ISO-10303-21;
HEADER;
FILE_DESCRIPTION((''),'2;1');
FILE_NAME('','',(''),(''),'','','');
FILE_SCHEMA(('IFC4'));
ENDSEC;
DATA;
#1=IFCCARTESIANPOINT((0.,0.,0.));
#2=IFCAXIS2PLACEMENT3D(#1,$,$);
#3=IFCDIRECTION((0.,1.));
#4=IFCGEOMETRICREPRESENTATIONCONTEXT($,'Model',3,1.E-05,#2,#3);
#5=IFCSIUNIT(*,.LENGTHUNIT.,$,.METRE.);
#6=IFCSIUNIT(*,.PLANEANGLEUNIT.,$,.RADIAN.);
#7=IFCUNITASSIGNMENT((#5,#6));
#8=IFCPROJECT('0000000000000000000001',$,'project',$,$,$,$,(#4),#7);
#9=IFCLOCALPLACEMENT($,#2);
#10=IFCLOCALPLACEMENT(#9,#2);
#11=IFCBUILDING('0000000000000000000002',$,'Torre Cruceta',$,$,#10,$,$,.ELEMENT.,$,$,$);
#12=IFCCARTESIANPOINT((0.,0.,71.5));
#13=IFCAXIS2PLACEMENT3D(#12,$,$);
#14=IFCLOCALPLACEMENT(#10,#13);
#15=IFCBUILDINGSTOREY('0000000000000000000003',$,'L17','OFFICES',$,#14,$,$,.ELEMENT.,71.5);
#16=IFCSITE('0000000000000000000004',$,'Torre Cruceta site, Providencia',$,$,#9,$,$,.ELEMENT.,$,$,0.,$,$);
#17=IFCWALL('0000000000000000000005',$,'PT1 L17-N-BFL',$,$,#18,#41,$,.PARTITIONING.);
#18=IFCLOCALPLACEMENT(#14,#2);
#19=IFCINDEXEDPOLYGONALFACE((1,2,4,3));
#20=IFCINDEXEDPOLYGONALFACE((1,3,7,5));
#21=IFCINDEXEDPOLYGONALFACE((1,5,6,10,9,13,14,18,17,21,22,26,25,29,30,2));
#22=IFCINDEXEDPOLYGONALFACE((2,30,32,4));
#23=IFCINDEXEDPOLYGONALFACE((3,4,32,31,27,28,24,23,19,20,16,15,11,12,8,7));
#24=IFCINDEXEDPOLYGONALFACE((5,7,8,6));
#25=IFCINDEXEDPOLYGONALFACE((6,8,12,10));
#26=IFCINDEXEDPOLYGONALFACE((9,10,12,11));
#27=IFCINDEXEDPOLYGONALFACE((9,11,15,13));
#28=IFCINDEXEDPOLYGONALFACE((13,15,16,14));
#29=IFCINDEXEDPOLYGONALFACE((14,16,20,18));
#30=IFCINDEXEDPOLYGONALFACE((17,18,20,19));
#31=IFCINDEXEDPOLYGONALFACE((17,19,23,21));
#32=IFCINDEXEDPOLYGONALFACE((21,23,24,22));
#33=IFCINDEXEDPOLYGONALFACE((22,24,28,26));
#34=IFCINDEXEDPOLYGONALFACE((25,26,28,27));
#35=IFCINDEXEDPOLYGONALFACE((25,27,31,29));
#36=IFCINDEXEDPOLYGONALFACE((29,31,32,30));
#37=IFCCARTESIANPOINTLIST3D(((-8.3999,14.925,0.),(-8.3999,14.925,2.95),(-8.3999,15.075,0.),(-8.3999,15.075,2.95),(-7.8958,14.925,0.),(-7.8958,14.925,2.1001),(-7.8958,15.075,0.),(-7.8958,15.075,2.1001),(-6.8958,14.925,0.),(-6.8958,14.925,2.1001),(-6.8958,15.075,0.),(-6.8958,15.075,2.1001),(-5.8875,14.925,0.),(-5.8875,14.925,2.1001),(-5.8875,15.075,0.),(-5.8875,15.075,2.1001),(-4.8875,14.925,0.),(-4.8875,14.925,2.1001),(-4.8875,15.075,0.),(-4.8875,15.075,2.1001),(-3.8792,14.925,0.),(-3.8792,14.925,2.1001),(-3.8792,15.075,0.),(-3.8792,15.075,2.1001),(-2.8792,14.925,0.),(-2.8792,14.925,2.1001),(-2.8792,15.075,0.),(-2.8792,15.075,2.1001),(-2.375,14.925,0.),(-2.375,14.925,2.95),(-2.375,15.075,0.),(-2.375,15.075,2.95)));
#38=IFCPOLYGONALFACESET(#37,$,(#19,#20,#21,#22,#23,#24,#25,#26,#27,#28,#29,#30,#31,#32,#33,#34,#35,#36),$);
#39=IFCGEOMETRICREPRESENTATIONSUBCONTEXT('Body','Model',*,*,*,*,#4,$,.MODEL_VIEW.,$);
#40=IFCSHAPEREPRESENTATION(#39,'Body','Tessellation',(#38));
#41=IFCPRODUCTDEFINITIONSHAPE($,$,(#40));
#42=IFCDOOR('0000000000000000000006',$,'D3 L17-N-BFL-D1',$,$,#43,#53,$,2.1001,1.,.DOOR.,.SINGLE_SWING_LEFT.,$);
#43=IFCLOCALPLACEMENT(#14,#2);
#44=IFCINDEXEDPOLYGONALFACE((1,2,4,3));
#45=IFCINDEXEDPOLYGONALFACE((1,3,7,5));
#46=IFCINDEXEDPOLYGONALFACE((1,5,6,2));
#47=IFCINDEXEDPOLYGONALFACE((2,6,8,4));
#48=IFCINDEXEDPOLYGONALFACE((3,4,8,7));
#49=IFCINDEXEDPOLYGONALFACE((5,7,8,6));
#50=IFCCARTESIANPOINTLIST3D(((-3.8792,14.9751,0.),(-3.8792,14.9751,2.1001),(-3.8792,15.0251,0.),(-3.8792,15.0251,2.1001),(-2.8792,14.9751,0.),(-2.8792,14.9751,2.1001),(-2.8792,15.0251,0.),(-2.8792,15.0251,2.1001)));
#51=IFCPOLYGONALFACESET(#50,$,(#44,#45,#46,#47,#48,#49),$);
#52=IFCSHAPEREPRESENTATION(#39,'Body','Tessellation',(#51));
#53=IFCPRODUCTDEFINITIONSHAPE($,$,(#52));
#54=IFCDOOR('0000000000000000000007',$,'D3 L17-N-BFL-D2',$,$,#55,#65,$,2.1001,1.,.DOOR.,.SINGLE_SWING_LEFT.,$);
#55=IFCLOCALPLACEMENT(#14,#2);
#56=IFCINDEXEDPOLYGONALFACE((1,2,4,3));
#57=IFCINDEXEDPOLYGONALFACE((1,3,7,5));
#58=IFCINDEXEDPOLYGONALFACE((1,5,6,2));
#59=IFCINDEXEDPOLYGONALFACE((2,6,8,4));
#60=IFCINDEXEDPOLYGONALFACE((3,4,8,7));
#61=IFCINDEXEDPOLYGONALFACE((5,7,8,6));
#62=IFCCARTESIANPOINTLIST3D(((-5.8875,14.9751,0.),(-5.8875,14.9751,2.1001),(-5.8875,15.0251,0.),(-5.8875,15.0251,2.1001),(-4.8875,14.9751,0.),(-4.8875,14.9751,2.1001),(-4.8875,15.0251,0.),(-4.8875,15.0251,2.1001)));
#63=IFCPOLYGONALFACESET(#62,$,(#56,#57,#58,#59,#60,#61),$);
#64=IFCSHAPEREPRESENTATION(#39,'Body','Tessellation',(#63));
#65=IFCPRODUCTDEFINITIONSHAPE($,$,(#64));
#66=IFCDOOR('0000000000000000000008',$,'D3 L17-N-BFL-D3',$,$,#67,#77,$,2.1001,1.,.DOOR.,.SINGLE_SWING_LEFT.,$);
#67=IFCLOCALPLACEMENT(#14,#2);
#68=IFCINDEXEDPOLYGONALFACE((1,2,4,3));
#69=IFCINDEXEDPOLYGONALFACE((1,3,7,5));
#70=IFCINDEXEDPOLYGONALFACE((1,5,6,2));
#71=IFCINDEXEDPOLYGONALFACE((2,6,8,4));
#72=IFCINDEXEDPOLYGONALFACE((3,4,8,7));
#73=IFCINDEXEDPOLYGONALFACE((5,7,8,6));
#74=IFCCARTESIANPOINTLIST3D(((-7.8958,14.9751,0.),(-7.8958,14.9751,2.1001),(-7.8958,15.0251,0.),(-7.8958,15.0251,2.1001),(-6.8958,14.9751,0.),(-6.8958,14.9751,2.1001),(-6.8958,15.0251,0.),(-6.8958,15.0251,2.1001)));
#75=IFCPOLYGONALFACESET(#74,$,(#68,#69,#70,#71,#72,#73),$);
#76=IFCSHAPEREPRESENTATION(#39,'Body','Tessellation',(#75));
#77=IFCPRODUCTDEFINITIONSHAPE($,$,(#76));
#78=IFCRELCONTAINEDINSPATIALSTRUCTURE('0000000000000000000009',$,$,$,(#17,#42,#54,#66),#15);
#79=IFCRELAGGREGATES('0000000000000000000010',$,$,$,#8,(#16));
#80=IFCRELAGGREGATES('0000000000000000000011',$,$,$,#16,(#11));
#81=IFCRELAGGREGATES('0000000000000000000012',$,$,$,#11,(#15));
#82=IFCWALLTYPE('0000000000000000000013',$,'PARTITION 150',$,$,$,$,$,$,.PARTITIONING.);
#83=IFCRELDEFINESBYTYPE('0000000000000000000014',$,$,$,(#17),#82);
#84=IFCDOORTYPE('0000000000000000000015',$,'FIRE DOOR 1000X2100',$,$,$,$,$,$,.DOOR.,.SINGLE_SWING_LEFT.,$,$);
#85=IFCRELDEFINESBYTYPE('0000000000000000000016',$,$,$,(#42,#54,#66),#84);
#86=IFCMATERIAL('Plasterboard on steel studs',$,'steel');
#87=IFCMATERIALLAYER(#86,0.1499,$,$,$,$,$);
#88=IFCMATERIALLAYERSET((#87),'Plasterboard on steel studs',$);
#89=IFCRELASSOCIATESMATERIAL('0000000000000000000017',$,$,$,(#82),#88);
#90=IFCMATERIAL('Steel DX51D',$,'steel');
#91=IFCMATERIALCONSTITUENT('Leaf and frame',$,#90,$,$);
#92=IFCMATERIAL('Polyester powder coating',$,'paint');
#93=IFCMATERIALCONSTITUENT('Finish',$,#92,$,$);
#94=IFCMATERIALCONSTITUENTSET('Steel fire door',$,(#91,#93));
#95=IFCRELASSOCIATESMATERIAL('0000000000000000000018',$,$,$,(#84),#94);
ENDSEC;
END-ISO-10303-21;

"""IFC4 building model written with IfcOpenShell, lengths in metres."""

from ifc_helpers import new_model, si_unit, direction, frame, frame_2d, origin, place, context, subcontext, project, spatial, rectangle, extrude, material, layer, layer_set, constituent, constituent_set, type_object, element, fill, save


model = new_model("IFC4")

# Units and contexts
model_context = context("Model", 3, precision=1e-05, world=origin(), true_north=direction((0.0, 1.0)))
body_context = subcontext(model_context, "Body", "Model", "MODEL_VIEW")
ifc_project = project(units=[si_unit("LENGTHUNIT", "METRE"), si_unit("PLANEANGLEUNIT", "RADIAN")], contexts=[model_context])

# Site, building, storey
site_placement = place(None, origin())
site = spatial("IfcSite", under=ifc_project, at=site_placement, Name="Torre Cruceta site, Providencia", CompositionType="ELEMENT", RefElevation=0.0)
building_placement = place(site_placement, origin())
building = spatial("IfcBuilding", under=site, at=building_placement, Name="Torre Cruceta", CompositionType="ELEMENT")
storey_placement = place(building_placement, frame((0.0, 0.0, 71.5)))
storey = spatial("IfcBuildingStorey", under=building, at=storey_placement, Name="L17", Description="OFFICES", CompositionType="ELEMENT", Elevation=71.5)

# Wall, openings, doors
ifc_material_1 = material(Name="Plasterboard on steel studs", Category="steel")
ifc_layer_1 = layer(ifc_material_1, 0.1499)
ifc_layer_set_1 = layer_set([ifc_layer_1], Name="Plasterboard on steel studs")
wall_type_1 = type_object("IfcWallType", Name="PARTITION 150", PredefinedType="PARTITIONING", material=ifc_layer_set_1)
wall_1_placement = place(storey_placement, frame((-2.375, 15.0, 0.0), z_axis=(0.0, 0.0, 1.0), x_axis=(-1.0, 0.0, 0.0)))
wall_1 = element("IfcWall", 1, at=wall_1_placement, inside=storey, type_object=wall_type_1, Name="PT1 L17-N-BFL", PredefinedType="PARTITIONING", context=body_context, shape_type="SweptSolid", body=[
    extrude(rectangle(XDim=6.0249, YDim=0.1499, at=frame_2d((3.0125, 0.0))), origin(), (0.0, 0.0, 1.0), 2.95),
])
opening_1_placement = place(wall_1_placement, frame((0.5042, 0.0, 0.0)))
opening_1 = element("IfcOpeningElement", 2, at=opening_1_placement, cuts=wall_1, PredefinedType="OPENING", context=body_context, shape_type="SweptSolid", body=[
    extrude(rectangle(XDim=1.0, YDim=2.1001, at=frame_2d((0.5, 1.05))), frame((0.0, 0.085, 0.0), z_axis=(0.0, -1.0, 0.0), x_axis=(1.0, 0.0, 0.0)), (0.0, 0.0, 1.0), 0.1699),
])
opening_2_placement = place(wall_1_placement, frame((2.5125, 0.0, 0.0)))
opening_2 = element("IfcOpeningElement", 3, at=opening_2_placement, cuts=wall_1, PredefinedType="OPENING", context=body_context, shape_type="SweptSolid", body=[
    extrude(rectangle(XDim=1.0, YDim=2.1001, at=frame_2d((0.5, 1.05))), frame((0.0, 0.085, 0.0), z_axis=(0.0, -1.0, 0.0), x_axis=(1.0, 0.0, 0.0)), (0.0, 0.0, 1.0), 0.1699),
])
opening_3_placement = place(wall_1_placement, frame((4.5208, 0.0, 0.0)))
opening_3 = element("IfcOpeningElement", 4, at=opening_3_placement, cuts=wall_1, PredefinedType="OPENING", context=body_context, shape_type="SweptSolid", body=[
    extrude(rectangle(XDim=1.0, YDim=2.1001, at=frame_2d((0.5, 1.05))), frame((0.0, 0.085, 0.0), z_axis=(0.0, -1.0, 0.0), x_axis=(1.0, 0.0, 0.0)), (0.0, 0.0, 1.0), 0.1699),
])
ifc_material_2 = material(Name="Steel DX51D", Category="steel")
ifc_constituent_1 = constituent(ifc_material_2, Name="Leaf and frame")
ifc_material_3 = material(Name="Polyester powder coating", Category="paint")
ifc_constituent_2 = constituent(ifc_material_3, Name="Finish")
ifc_constituent_set_1 = constituent_set(constituents=[ifc_constituent_1, ifc_constituent_2], Name="Steel fire door")
door_type = type_object("IfcDoorType", Name="FIRE DOOR 1000X2100", OperationType="SINGLE_SWING_LEFT", PredefinedType="DOOR", material=ifc_constituent_set_1)
door_1_placement = place(opening_1_placement, origin())
door_1 = element("IfcDoor", 5, at=door_1_placement, inside=storey, type_object=door_type, Name="D3 L17-N-BFL-D1", OperationType="SINGLE_SWING_LEFT", OverallHeight=2.1001, OverallWidth=1.0, PredefinedType="DOOR", context=body_context, shape_type="SweptSolid", body=[
    extrude(rectangle(XDim=1.0, YDim=2.1001, at=frame_2d((0.5, 1.05))), frame((0.0, 0.0249, 0.0), z_axis=(0.0, -1.0, 0.0), x_axis=(1.0, 0.0, 0.0)), (0.0, 0.0, 1.0), 0.05),
])
fill(opening_1, door_1)
door_2_placement = place(opening_2_placement, origin())
door_2 = element("IfcDoor", 6, at=door_2_placement, inside=storey, type_object=door_type, Name="D3 L17-N-BFL-D2", OperationType="SINGLE_SWING_LEFT", OverallHeight=2.1001, OverallWidth=1.0, PredefinedType="DOOR", context=body_context, shape_type="SweptSolid", body=[
    extrude(rectangle(XDim=1.0, YDim=2.1001, at=frame_2d((0.5, 1.05))), frame((0.0, 0.0249, 0.0), z_axis=(0.0, -1.0, 0.0), x_axis=(1.0, 0.0, 0.0)), (0.0, 0.0, 1.0), 0.05),
])
fill(opening_2, door_2)
door_3_placement = place(opening_3_placement, origin())
door_3 = element("IfcDoor", 7, at=door_3_placement, inside=storey, type_object=door_type, Name="D3 L17-N-BFL-D3", OperationType="SINGLE_SWING_LEFT", OverallHeight=2.1001, OverallWidth=1.0, PredefinedType="DOOR", context=body_context, shape_type="SweptSolid", body=[
    extrude(rectangle(XDim=1.0, YDim=2.1001, at=frame_2d((0.5, 1.05))), frame((0.0, 0.0249, 0.0), z_axis=(0.0, -1.0, 0.0), x_axis=(1.0, 0.0, 0.0)), (0.0, 0.0, 1.0), 0.05),
])
fill(opening_3, door_3)

save(model, "model.ifc")
